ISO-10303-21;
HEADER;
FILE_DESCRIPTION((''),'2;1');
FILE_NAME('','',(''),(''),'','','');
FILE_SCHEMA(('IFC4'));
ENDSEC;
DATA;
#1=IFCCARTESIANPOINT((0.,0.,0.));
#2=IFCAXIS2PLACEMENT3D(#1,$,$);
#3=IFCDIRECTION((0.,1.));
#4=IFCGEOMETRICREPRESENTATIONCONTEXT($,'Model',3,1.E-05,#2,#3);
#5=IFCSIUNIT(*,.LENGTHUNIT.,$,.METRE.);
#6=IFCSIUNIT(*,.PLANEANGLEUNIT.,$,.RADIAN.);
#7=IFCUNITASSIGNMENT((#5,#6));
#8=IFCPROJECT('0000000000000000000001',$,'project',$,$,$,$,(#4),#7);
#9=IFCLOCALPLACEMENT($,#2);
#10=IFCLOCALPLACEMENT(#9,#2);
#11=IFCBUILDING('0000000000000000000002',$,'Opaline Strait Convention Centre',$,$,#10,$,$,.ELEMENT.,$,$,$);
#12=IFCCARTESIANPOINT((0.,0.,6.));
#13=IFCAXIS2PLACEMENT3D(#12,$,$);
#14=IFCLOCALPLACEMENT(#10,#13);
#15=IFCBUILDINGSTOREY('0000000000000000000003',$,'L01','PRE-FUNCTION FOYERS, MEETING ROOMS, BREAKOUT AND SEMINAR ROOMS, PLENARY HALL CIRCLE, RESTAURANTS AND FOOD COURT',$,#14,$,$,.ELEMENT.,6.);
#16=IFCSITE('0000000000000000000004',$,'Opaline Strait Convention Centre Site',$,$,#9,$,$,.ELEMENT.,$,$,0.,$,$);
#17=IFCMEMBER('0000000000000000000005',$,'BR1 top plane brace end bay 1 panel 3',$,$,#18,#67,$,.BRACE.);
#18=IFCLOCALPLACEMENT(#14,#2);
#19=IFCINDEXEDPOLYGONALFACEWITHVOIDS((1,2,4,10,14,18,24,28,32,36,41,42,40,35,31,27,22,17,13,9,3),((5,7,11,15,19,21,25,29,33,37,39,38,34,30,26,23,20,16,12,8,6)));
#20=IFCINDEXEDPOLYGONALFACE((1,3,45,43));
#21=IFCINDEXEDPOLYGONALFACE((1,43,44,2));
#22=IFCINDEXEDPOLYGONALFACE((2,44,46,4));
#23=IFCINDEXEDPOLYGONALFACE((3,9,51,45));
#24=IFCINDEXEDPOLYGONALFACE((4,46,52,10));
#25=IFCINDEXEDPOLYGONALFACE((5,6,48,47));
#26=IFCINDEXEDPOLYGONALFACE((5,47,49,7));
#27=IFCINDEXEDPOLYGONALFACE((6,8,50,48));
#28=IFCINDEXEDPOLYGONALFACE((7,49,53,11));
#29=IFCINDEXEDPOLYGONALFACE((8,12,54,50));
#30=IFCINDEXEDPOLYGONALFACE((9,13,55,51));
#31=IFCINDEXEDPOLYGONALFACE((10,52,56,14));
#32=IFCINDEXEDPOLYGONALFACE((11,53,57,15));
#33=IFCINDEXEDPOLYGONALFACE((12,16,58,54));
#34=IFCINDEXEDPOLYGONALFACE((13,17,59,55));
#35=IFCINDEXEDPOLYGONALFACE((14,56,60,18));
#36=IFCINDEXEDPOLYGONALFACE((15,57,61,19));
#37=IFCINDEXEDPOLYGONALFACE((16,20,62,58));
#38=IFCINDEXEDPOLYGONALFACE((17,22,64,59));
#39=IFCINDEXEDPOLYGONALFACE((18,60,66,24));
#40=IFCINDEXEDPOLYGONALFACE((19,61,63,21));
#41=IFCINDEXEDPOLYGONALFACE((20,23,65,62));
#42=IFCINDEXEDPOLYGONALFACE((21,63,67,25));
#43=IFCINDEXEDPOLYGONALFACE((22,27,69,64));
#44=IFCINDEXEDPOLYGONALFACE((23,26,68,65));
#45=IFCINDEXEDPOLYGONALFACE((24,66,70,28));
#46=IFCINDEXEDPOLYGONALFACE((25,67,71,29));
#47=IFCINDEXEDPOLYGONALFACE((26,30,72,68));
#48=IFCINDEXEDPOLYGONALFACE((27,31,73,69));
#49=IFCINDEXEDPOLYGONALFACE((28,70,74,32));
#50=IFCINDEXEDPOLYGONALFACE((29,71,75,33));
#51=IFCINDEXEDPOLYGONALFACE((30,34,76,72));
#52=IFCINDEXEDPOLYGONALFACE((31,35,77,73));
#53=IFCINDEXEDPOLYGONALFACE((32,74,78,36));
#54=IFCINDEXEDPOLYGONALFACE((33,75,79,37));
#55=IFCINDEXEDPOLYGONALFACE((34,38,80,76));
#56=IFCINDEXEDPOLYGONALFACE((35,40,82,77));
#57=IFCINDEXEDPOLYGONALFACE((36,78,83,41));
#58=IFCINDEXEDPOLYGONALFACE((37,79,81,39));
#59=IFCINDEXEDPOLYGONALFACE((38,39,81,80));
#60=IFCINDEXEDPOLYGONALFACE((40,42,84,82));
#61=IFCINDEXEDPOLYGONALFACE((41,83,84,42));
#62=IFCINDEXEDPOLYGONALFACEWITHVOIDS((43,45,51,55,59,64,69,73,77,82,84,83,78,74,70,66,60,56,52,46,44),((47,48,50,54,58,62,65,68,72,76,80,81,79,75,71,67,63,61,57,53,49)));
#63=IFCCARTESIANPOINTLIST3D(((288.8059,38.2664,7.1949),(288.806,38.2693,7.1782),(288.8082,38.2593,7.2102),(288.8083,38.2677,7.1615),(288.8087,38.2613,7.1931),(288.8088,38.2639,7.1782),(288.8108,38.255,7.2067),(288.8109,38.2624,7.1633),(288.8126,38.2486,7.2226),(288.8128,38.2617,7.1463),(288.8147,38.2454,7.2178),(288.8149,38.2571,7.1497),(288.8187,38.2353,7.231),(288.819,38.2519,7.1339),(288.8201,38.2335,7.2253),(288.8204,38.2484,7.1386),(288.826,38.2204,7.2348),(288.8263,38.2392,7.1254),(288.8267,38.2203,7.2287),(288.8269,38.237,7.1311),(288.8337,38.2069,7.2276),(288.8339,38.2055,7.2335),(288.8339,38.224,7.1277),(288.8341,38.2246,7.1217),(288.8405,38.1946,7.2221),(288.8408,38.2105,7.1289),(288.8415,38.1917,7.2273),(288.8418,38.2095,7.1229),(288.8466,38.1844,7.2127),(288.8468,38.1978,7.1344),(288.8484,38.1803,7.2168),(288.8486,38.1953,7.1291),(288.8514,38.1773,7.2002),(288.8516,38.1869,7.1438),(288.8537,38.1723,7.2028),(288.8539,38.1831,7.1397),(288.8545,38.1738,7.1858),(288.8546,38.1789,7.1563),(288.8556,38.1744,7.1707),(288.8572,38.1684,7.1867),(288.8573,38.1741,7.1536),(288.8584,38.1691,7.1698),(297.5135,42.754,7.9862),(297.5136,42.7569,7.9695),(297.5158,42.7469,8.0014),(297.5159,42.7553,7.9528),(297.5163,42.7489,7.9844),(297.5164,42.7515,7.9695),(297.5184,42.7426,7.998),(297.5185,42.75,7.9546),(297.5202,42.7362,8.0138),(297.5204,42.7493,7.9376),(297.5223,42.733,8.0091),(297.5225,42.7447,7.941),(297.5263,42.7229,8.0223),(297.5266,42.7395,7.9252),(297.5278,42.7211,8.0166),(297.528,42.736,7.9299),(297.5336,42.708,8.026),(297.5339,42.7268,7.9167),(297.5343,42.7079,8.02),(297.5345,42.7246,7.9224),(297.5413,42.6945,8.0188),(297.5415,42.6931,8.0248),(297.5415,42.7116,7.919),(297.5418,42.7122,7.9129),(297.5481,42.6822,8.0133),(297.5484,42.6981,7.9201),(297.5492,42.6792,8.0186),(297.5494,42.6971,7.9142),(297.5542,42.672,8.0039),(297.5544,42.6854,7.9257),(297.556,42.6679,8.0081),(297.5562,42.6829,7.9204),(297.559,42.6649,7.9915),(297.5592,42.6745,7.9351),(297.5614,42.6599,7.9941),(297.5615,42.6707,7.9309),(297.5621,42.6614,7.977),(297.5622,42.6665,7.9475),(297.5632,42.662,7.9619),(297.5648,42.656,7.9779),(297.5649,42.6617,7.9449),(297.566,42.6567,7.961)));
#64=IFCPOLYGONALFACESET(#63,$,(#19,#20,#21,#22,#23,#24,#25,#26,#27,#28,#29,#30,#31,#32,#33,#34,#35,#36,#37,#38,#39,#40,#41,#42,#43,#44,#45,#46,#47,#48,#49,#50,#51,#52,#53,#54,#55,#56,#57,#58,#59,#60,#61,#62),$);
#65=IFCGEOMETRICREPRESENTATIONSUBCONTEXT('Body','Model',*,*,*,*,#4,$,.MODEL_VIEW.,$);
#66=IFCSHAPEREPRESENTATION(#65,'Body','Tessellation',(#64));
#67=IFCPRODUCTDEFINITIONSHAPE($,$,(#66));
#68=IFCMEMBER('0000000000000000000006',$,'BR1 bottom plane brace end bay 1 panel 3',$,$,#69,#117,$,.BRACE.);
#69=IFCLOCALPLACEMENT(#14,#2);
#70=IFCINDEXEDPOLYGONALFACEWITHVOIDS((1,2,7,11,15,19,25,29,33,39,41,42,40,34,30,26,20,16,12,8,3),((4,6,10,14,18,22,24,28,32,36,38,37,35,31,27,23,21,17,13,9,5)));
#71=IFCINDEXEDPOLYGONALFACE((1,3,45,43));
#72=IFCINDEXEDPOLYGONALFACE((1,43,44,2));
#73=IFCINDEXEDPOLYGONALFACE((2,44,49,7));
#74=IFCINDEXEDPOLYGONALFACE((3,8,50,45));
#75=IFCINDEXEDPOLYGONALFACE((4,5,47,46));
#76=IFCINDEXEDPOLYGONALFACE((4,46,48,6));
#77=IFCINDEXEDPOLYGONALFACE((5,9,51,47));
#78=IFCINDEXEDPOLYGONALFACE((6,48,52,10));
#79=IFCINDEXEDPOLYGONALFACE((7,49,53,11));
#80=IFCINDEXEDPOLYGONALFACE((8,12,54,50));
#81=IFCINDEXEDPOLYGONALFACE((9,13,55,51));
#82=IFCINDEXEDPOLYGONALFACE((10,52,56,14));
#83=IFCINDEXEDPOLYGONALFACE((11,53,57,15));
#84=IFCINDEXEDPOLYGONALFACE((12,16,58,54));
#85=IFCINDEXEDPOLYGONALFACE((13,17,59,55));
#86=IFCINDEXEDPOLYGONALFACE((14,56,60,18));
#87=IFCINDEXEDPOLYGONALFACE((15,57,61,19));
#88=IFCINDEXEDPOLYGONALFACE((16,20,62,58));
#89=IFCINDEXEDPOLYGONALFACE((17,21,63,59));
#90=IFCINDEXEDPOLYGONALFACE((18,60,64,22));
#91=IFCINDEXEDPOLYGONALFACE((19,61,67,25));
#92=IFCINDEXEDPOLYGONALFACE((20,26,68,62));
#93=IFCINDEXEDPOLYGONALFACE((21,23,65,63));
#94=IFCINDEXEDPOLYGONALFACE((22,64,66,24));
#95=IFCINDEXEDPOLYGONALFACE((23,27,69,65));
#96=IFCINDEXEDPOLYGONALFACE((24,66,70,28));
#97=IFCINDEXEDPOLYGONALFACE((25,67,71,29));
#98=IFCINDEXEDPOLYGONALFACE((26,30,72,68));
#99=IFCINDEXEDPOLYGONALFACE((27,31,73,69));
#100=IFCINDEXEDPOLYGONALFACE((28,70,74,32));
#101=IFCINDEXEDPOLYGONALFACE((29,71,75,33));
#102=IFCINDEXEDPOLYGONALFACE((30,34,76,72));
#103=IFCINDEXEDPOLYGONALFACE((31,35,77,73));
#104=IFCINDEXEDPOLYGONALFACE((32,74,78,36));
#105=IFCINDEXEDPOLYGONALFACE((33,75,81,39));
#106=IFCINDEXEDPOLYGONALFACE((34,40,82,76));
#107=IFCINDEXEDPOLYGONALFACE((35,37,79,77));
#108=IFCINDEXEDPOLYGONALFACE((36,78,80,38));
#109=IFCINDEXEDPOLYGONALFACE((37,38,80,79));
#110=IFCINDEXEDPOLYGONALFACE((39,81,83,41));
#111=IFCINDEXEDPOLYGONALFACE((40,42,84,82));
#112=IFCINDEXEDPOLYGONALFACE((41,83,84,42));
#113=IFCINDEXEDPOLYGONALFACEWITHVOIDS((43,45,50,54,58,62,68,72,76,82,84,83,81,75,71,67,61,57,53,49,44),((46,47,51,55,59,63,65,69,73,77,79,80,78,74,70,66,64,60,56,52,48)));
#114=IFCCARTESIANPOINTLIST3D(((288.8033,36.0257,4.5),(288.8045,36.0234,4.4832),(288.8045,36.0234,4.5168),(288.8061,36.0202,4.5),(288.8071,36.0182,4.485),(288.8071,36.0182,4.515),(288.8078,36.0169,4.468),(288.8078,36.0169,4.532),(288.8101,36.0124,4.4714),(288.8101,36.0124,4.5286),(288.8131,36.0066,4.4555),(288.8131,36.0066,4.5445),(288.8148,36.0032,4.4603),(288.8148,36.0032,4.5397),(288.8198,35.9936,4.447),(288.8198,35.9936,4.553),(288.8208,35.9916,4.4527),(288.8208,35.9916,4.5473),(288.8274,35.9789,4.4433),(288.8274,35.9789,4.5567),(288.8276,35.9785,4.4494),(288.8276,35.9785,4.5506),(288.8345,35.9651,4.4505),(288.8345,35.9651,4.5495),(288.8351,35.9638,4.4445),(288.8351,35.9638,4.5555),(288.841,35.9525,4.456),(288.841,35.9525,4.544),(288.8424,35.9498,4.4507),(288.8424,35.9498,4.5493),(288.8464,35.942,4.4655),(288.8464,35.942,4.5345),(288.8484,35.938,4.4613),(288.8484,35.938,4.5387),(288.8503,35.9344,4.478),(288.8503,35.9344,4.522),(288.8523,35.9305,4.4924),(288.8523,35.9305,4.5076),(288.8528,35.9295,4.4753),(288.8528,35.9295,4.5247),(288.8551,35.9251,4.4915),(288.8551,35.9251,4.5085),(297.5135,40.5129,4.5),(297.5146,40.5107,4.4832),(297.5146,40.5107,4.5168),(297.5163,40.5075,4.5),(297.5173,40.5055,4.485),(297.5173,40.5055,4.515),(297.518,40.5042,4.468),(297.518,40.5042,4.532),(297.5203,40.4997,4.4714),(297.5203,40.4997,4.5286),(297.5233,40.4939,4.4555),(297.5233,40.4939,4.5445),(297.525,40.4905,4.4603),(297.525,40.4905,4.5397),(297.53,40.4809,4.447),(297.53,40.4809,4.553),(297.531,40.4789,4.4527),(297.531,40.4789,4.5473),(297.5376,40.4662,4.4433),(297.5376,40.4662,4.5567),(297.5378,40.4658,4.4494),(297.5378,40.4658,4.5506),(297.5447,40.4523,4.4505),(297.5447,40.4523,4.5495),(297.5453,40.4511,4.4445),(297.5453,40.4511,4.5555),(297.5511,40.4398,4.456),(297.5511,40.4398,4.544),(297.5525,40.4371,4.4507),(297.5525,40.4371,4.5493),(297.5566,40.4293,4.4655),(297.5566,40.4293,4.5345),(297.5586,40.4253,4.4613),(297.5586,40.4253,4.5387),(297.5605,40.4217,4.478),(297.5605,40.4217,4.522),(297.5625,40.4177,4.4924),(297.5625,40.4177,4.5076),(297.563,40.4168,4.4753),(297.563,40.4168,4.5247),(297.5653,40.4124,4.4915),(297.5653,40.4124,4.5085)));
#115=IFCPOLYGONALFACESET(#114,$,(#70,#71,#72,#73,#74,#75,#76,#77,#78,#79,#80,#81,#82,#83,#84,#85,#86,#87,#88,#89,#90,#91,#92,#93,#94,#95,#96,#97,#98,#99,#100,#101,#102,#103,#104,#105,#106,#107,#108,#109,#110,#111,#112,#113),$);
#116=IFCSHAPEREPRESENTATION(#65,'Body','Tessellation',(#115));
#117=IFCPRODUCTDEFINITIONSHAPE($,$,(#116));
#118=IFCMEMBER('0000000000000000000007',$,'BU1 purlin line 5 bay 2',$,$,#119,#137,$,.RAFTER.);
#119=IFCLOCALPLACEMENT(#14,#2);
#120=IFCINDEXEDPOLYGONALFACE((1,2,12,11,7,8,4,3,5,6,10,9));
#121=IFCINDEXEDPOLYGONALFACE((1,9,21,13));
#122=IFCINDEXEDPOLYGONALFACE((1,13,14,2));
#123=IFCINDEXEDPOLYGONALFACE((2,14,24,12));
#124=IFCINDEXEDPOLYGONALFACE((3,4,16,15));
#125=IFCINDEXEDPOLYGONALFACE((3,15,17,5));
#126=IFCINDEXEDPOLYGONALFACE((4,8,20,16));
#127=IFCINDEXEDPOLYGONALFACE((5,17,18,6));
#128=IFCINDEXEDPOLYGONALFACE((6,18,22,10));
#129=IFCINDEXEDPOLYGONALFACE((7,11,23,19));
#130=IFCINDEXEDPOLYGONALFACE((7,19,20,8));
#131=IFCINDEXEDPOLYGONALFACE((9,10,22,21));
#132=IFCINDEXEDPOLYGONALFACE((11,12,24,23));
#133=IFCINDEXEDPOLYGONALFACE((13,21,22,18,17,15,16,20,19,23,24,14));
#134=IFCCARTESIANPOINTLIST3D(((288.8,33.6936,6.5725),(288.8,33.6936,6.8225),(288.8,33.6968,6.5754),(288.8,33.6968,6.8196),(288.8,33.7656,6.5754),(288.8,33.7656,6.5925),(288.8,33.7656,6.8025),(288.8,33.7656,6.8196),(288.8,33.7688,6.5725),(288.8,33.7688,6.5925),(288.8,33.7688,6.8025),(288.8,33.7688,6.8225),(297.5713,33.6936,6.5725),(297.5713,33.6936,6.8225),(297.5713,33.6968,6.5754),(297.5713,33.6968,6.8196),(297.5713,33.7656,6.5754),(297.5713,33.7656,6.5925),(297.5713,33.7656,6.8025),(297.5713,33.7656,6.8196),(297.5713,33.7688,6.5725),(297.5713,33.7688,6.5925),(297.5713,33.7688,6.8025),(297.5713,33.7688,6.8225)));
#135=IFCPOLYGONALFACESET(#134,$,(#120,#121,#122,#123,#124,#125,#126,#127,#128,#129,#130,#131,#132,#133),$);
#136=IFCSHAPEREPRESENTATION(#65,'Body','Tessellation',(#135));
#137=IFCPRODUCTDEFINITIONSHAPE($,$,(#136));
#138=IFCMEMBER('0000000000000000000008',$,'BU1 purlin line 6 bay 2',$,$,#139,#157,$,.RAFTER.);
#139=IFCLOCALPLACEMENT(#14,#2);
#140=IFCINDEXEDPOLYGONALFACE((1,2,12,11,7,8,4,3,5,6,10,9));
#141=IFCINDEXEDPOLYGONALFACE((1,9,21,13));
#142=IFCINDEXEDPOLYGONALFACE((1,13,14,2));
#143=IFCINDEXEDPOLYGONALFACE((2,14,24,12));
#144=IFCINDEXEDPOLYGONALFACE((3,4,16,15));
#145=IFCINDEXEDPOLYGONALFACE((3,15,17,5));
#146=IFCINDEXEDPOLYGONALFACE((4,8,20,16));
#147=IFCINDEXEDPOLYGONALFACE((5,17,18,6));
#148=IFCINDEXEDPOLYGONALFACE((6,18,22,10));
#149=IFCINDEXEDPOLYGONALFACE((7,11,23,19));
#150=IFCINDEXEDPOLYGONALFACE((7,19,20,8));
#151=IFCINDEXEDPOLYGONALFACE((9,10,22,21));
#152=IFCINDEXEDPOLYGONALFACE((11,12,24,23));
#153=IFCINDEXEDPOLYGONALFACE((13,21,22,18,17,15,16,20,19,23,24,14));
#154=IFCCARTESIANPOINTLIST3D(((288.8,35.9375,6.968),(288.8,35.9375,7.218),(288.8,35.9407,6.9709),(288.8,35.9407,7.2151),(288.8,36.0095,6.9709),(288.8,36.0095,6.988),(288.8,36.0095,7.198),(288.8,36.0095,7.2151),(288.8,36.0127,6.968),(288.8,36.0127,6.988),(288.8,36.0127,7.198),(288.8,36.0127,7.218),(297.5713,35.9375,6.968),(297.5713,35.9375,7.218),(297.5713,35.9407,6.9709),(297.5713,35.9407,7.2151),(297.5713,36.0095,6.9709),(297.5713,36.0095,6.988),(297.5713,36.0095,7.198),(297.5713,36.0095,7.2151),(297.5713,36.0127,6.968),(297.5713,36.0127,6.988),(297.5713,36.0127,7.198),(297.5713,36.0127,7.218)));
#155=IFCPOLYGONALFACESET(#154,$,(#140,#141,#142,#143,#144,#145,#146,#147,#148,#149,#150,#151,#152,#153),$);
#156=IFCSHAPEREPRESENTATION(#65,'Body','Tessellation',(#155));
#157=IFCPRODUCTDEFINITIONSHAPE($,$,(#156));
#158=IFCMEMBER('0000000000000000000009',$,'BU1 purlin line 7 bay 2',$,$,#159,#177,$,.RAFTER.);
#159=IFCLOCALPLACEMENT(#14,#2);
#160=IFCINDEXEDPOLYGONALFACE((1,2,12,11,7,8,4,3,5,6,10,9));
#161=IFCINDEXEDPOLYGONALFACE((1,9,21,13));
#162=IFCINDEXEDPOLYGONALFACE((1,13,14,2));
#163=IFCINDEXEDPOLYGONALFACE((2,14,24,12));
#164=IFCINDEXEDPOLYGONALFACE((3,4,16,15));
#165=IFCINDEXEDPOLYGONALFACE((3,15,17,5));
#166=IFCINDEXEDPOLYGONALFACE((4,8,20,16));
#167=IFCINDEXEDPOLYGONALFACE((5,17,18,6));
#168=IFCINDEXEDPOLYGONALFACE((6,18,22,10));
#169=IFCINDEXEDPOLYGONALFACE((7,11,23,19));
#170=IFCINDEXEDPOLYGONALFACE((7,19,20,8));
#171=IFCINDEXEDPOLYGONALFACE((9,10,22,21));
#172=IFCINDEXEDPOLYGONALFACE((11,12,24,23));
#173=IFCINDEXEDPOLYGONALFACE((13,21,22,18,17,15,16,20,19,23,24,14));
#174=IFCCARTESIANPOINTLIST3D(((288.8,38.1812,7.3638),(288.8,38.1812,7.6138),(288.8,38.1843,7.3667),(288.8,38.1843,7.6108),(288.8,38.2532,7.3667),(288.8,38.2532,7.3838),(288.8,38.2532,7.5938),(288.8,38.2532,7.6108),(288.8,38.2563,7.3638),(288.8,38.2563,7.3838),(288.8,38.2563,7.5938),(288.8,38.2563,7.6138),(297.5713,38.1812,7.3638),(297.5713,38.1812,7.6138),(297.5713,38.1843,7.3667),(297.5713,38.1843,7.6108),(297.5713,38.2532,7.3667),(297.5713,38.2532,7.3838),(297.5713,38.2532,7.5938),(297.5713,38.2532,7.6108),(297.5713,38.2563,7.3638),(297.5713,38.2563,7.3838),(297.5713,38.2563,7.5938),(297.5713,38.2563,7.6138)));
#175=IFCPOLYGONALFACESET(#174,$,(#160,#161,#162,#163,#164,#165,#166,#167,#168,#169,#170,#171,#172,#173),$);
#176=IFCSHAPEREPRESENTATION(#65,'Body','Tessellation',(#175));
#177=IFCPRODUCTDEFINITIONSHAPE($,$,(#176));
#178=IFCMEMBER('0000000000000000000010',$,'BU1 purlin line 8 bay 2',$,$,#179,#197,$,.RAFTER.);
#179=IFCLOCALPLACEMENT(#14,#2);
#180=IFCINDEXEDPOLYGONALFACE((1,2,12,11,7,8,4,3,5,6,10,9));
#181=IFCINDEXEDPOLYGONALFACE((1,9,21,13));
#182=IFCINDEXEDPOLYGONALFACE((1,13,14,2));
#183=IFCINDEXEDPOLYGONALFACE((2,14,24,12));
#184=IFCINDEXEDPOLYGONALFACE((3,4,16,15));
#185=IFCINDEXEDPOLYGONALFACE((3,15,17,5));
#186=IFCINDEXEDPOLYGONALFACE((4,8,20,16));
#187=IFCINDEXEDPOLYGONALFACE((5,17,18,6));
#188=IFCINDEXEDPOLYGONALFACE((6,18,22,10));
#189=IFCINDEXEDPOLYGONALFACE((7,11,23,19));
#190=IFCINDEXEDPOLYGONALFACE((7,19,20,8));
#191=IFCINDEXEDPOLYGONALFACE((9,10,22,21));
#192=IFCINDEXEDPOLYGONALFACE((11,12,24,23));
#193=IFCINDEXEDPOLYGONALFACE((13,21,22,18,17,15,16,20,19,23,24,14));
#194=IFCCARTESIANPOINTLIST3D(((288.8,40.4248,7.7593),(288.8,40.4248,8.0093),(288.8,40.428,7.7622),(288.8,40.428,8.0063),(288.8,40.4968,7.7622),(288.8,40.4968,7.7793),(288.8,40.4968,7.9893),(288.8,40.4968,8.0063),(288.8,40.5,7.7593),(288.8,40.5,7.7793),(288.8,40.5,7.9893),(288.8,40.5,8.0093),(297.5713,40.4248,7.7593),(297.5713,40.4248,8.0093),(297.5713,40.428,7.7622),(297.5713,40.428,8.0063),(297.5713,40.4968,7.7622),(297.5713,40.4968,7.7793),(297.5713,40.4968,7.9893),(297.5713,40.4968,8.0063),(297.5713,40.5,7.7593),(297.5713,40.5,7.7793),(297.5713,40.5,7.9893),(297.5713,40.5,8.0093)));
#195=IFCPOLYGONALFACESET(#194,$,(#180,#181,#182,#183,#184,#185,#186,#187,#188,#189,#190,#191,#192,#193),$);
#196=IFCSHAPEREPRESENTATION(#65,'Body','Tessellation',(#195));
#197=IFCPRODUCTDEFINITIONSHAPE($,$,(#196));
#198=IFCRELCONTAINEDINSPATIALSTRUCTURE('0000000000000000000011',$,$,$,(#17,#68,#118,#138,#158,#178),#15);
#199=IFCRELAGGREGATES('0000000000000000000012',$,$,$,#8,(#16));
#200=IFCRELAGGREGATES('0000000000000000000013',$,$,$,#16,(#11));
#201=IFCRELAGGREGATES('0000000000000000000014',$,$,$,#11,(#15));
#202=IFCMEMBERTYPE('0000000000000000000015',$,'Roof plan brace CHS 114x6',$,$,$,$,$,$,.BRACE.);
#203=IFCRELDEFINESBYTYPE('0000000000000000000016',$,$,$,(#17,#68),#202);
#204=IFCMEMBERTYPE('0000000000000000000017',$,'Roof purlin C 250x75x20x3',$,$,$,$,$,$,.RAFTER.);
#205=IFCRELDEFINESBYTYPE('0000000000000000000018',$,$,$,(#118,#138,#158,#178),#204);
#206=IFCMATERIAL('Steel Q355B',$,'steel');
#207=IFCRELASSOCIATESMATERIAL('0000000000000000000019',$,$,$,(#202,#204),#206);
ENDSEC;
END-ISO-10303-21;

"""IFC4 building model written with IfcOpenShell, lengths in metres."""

from ifc_helpers import new_model, si_unit, direction, frame, origin, origin_2d, place, context, subcontext, project, spatial, polyline, hollow_circle, outline, extrude, material, material_profile, profile_set, type_object, element, save


model = new_model("IFC4")

# Units and contexts
model_context = context("Model", 3, precision=1e-05, world=origin(), true_north=direction((0.0, 1.0)))
body_context = subcontext(model_context, "Body", "Model", "MODEL_VIEW")
ifc_project = project(units=[si_unit("LENGTHUNIT", "METRE"), si_unit("PLANEANGLEUNIT", "RADIAN")], contexts=[model_context])

# Site, building, storey
site_placement = place(None, origin())
site = spatial("IfcSite", under=ifc_project, at=site_placement, Name="Opaline Strait Convention Centre Site", CompositionType="ELEMENT", RefElevation=0.0)
building_placement = place(site_placement, origin())
building = spatial("IfcBuilding", under=site, at=building_placement, Name="Opaline Strait Convention Centre", CompositionType="ELEMENT")
storey_placement = place(building_placement, frame((0.0, 0.0, 6.0)))
storey = spatial("IfcBuildingStorey", under=building, at=storey_placement, Name="L01", Description="PRE-FUNCTION FOYERS, MEETING ROOMS, BREAKOUT AND SEMINAR ROOMS, PLENARY HALL CIRCLE, RESTAURANTS AND FOOD COURT", CompositionType="ELEMENT", Elevation=6.0)

# Members
ifc_material_1 = material(Name="Steel Q355B", Category="steel")
ifc_material_profile_1 = material_profile(ifc_material_1, hollow_circle(Radius=0.0569, WallThickness=0.0061, at=origin_2d()), Name="CHS 114x6")
ifc_profile_set_1 = profile_set([ifc_material_profile_1], Name="Steel Q355B")
member_type_1 = type_object("IfcMemberType", Name="Roof plan brace CHS 114x6", PredefinedType="BRACE", material=ifc_profile_set_1)
member_1_placement = place(storey_placement, frame((288.832, 38.2188, 7.1782), z_axis=(0.886012, 0.456619, 0.080513), x_axis=(-0.458106, 0.888897, 0.0)))
element("IfcMember", 1, at=member_1_placement, inside=storey, type_object=member_type_1, Name="BR1 top plane brace end bay 1 panel 3", PredefinedType="BRACE", context=body_context, shape_type="SweptSolid", body=[
    extrude(hollow_circle(Radius=0.0569, WallThickness=0.0061, at=origin_2d()), origin(), (0.0, 0.0, 1.0), 9.8279),
])
member_2_placement = place(storey_placement, frame((288.8293, 35.9751, 4.5), z_axis=(0.888965, 0.457975, 0.0), x_axis=(-0.457975, 0.888965, 0.0)))
element("IfcMember", 2, at=member_2_placement, inside=storey, type_object=member_type_1, Name="BR1 bottom plane brace end bay 1 panel 3", PredefinedType="BRACE", context=body_context, shape_type="SweptSolid", body=[
    extrude(hollow_circle(Radius=0.0569, WallThickness=0.0061, at=origin_2d()), origin(), (0.0, 0.0, 1.0), 9.7981),
])
ifc_material_profile_2 = material_profile(ifc_material_1, outline(polyline([(-0.0376, -0.125), (0.0376, -0.125), (0.0376, -0.105), (0.0344, -0.105), (0.0344, -0.1221), (-0.0344, -0.1221), (-0.0344, 0.1221), (0.0344, 0.1221), (0.0344, 0.105), (0.0376, 0.105), (0.0376, 0.125), (-0.0376, 0.125), (-0.0376, -0.125)])), Name="C 250x75x20x3")
ifc_profile_set_2 = profile_set([ifc_material_profile_2], Name="Steel Q355B")
member_type_2 = type_object("IfcMemberType", Name="Roof purlin C 250x75x20x3", PredefinedType="RAFTER", material=ifc_profile_set_2)
for number, where, z_axis, x_axis, name in (
    (3, (288.8, 33.7312, 6.6975), (1.0, 0.0, 0.0), (0.0, 1.0, 0.0), "BU1 purlin line 5 bay 2"),
    (4, (288.8, 35.9751, 7.093), (1.0, 0.0, 0.0), (0.0, 1.0, 0.0), "BU1 purlin line 6 bay 2"),
    (5, (288.8, 38.2188, 7.4888), (1.0, 0.0, 0.0), (0.0, 1.0, 0.0), "BU1 purlin line 7 bay 2"),
    (6, (288.8, 40.4624, 7.8843), (1.0, 0.0, 0.0), (0.0, 1.0, 0.0), "BU1 purlin line 8 bay 2"),
):
    element("IfcMember", number, at=place(storey_placement, frame(where, z_axis=z_axis, x_axis=x_axis)), inside=storey, type_object=member_type_2, Name=name, PredefinedType="RAFTER", context=body_context, shape_type="SweptSolid", body=[
        extrude(outline(polyline([(-0.0376, -0.125), (0.0376, -0.125), (0.0376, -0.105), (0.0344, -0.105), (0.0344, -0.1221), (-0.0344, -0.1221), (-0.0344, 0.1221), (0.0344, 0.1221), (0.0344, 0.105), (0.0376, 0.105), (0.0376, 0.125), (-0.0376, 0.125), (-0.0376, -0.125)])), origin(), (0.0, 0.0, 1.0), 8.7712),
    ])

save(model, "model.ifc")
